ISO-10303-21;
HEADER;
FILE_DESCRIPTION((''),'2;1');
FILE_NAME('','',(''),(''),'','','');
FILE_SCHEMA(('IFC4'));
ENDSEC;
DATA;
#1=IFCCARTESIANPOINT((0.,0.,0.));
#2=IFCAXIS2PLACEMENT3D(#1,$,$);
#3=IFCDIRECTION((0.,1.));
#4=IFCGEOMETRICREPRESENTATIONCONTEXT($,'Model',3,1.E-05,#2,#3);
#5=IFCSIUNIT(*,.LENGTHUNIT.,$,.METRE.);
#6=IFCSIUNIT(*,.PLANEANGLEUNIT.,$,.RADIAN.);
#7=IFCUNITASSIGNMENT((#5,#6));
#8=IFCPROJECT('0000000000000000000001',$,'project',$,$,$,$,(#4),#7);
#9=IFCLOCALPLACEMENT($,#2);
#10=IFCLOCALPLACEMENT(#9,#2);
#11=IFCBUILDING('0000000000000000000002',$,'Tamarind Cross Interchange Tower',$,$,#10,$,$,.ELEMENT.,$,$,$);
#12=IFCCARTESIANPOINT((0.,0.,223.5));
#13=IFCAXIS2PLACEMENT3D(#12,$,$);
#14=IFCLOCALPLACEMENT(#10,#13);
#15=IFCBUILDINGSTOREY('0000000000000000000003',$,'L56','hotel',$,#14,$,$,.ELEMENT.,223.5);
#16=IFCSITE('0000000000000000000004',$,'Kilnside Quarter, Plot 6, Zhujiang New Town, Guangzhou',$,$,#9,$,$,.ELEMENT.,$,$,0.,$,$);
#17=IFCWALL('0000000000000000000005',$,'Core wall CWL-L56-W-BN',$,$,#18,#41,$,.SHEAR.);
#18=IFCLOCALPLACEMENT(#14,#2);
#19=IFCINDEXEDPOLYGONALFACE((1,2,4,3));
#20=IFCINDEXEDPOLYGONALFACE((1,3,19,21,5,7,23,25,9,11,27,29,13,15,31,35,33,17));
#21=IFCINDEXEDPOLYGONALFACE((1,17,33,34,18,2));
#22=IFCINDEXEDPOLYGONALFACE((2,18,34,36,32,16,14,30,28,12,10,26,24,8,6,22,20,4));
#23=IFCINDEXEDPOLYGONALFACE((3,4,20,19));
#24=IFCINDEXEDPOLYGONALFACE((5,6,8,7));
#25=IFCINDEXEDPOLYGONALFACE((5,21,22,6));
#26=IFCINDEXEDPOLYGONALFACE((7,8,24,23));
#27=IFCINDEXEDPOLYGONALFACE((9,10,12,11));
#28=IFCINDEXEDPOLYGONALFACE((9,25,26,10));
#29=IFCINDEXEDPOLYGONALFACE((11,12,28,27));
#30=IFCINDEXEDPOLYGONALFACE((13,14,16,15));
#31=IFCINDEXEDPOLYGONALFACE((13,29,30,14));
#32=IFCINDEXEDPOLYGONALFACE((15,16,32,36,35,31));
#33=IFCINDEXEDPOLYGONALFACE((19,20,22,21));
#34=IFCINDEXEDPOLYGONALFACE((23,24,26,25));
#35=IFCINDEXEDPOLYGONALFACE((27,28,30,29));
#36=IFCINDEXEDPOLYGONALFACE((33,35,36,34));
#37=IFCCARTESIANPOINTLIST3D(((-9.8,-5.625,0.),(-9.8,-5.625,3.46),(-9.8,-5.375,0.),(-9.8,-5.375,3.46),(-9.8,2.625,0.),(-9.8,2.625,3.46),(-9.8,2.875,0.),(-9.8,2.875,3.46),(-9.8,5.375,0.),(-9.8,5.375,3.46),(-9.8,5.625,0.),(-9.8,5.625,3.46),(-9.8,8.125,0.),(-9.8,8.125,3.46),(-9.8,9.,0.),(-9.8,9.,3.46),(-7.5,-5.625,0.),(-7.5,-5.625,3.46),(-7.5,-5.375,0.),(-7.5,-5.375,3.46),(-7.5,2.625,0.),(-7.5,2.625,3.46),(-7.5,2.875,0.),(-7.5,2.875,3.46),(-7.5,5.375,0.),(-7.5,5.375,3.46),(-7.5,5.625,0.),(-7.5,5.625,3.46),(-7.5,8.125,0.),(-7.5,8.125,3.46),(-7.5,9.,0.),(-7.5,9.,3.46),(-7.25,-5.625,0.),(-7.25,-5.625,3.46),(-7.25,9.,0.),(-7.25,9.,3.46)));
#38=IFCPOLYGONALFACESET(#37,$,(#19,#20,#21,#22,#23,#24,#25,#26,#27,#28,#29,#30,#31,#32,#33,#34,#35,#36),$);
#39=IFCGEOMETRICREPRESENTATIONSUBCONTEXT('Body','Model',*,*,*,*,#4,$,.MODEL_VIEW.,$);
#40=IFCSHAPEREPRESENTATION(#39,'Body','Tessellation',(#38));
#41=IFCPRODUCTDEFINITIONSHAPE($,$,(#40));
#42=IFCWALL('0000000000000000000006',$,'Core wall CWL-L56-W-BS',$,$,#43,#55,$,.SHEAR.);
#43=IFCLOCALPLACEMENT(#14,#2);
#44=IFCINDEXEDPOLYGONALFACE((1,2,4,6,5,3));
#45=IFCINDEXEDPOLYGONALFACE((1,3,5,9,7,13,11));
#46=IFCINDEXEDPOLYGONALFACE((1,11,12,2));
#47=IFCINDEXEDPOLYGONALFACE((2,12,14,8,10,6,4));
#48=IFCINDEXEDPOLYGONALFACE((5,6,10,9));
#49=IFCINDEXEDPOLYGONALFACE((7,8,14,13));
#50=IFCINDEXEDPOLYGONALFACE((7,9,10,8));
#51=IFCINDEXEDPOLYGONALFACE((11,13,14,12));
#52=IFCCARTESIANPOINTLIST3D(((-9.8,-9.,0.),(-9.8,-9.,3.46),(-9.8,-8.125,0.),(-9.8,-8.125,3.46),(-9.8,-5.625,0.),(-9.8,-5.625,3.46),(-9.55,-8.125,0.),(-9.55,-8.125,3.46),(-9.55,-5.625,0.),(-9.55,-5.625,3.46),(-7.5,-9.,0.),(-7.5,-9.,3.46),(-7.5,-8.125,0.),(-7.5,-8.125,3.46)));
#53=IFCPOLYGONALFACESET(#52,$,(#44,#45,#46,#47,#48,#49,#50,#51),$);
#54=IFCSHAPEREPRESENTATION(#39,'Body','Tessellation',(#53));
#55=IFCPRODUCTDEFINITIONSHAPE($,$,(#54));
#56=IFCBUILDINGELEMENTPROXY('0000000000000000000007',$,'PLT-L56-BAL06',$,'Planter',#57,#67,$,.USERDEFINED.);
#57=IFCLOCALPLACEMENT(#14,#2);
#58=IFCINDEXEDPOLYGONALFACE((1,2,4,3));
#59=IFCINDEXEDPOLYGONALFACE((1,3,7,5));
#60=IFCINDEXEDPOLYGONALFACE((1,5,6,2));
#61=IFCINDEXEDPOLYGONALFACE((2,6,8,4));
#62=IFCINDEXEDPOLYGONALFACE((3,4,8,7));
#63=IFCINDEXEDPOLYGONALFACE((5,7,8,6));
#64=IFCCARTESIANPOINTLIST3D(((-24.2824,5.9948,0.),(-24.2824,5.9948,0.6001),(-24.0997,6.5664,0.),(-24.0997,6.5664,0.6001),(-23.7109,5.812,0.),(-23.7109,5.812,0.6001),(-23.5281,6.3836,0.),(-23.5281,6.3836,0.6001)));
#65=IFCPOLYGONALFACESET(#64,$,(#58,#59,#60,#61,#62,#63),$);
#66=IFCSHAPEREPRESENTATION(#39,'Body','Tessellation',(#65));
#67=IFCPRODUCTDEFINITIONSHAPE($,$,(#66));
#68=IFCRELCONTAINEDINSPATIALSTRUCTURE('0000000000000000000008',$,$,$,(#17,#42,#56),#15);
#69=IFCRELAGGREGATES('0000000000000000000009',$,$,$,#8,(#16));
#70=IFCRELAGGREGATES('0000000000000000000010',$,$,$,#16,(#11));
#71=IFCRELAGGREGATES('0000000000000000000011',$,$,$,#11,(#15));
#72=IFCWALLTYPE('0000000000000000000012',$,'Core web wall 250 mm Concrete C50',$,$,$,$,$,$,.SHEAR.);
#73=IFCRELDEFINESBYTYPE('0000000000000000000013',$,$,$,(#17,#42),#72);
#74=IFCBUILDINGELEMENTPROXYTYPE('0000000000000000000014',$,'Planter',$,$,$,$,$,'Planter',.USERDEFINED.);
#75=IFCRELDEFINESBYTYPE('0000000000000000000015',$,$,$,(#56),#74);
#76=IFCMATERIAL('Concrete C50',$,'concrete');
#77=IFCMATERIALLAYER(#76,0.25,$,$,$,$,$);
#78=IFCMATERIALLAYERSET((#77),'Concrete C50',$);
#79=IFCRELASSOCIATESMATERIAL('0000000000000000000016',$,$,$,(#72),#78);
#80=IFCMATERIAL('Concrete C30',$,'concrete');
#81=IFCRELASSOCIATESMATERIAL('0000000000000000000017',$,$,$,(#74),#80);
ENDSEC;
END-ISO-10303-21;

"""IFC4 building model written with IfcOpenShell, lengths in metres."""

from ifc_helpers import new_model, si_unit, direction, frame, origin, origin_2d, place, context, subcontext, project, spatial, polyline, rectangle, outline, extrude, material, layer, layer_set, type_object, element, save


model = new_model("IFC4")

# Units and contexts
model_context = context("Model", 3, precision=1e-05, world=origin(), true_north=direction((0.0, 1.0)))
body_context = subcontext(model_context, "Body", "Model", "MODEL_VIEW")
ifc_project = project(units=[si_unit("LENGTHUNIT", "METRE"), si_unit("PLANEANGLEUNIT", "RADIAN")], contexts=[model_context])

# Site, building, storey
site_placement = place(None, origin())
site = spatial("IfcSite", under=ifc_project, at=site_placement, Name="Kilnside Quarter, Plot 6, Zhujiang New Town, Guangzhou", CompositionType="ELEMENT", RefElevation=0.0)
building_placement = place(site_placement, origin())
building = spatial("IfcBuilding", under=site, at=building_placement, Name="Tamarind Cross Interchange Tower", CompositionType="ELEMENT")
storey_placement = place(building_placement, frame((0.0, 0.0, 223.5)))
storey = spatial("IfcBuildingStorey", under=building, at=storey_placement, Name="L56", Description="hotel", CompositionType="ELEMENT", Elevation=223.5)

# Walls
ifc_material_1 = material(Name="Concrete C50", Category="concrete")
ifc_layer_1 = layer(ifc_material_1, 0.25)
ifc_layer_set_1 = layer_set([ifc_layer_1], Name="Concrete C50")
wall_type_1 = type_object("IfcWallType", Name="Core web wall 250 mm Concrete C50", PredefinedType="SHEAR", material=ifc_layer_set_1)
wall_1_placement = place(storey_placement, origin())
element("IfcWall", 1, at=wall_1_placement, inside=storey, type_object=wall_type_1, Name="Core wall CWL-L56-W-BN", PredefinedType="SHEAR", context=body_context, shape_type="SweptSolid", body=[
    extrude(outline(polyline([(-9.8, -5.375), (-9.8, -5.625), (-7.5, -5.625), (-7.25, -5.625), (-7.25, 9.0), (-7.5, 9.0), (-9.8, 9.0), (-9.8, 8.125), (-7.5, 8.125), (-7.5, 5.625), (-9.8, 5.625), (-9.8, 5.375), (-7.5, 5.375), (-7.5, 2.875), (-9.8, 2.875), (-9.8, 2.625), (-7.5, 2.625), (-7.5, -5.375), (-9.8, -5.375)])), origin(), (0.0, 0.0, 1.0), 3.46),
])
wall_2_placement = place(storey_placement, origin())
element("IfcWall", 2, at=wall_2_placement, inside=storey, type_object=wall_type_1, Name="Core wall CWL-L56-W-BS", PredefinedType="SHEAR", context=body_context, shape_type="SweptSolid", body=[
    extrude(outline(polyline([(-7.5, -8.125), (-9.55, -8.125), (-9.55, -5.625), (-9.8, -5.625), (-9.8, -8.125), (-9.8, -9.0), (-7.5, -9.0), (-7.5, -8.125)])), origin(), (0.0, 0.0, 1.0), 3.46),
])

# Building element proxy
ifc_material_2 = material(Name="Concrete C30", Category="concrete")
building_element_proxy_type = type_object("IfcBuildingElementProxyType", Name="Planter", ElementType="Planter", PredefinedType="USERDEFINED", material=ifc_material_2)
proxy_placement = place(storey_placement, origin())
element("IfcBuildingElementProxy", 3, at=proxy_placement, inside=storey, type_object=building_element_proxy_type, Name="PLT-L56-BAL06", ObjectType="Planter", PredefinedType="USERDEFINED", context=body_context, shape_type="SweptSolid", body=[
    extrude(rectangle(XDim=0.6001, YDim=0.6001, at=origin_2d()), frame((-23.9053, 6.1892, 0.0), z_axis=(0.0, 0.0, 1.0), x_axis=(-0.304538, -0.9525, 0.0)), (0.0, 0.0, 1.0), 0.6001),
])

save(model, "model.ifc")
